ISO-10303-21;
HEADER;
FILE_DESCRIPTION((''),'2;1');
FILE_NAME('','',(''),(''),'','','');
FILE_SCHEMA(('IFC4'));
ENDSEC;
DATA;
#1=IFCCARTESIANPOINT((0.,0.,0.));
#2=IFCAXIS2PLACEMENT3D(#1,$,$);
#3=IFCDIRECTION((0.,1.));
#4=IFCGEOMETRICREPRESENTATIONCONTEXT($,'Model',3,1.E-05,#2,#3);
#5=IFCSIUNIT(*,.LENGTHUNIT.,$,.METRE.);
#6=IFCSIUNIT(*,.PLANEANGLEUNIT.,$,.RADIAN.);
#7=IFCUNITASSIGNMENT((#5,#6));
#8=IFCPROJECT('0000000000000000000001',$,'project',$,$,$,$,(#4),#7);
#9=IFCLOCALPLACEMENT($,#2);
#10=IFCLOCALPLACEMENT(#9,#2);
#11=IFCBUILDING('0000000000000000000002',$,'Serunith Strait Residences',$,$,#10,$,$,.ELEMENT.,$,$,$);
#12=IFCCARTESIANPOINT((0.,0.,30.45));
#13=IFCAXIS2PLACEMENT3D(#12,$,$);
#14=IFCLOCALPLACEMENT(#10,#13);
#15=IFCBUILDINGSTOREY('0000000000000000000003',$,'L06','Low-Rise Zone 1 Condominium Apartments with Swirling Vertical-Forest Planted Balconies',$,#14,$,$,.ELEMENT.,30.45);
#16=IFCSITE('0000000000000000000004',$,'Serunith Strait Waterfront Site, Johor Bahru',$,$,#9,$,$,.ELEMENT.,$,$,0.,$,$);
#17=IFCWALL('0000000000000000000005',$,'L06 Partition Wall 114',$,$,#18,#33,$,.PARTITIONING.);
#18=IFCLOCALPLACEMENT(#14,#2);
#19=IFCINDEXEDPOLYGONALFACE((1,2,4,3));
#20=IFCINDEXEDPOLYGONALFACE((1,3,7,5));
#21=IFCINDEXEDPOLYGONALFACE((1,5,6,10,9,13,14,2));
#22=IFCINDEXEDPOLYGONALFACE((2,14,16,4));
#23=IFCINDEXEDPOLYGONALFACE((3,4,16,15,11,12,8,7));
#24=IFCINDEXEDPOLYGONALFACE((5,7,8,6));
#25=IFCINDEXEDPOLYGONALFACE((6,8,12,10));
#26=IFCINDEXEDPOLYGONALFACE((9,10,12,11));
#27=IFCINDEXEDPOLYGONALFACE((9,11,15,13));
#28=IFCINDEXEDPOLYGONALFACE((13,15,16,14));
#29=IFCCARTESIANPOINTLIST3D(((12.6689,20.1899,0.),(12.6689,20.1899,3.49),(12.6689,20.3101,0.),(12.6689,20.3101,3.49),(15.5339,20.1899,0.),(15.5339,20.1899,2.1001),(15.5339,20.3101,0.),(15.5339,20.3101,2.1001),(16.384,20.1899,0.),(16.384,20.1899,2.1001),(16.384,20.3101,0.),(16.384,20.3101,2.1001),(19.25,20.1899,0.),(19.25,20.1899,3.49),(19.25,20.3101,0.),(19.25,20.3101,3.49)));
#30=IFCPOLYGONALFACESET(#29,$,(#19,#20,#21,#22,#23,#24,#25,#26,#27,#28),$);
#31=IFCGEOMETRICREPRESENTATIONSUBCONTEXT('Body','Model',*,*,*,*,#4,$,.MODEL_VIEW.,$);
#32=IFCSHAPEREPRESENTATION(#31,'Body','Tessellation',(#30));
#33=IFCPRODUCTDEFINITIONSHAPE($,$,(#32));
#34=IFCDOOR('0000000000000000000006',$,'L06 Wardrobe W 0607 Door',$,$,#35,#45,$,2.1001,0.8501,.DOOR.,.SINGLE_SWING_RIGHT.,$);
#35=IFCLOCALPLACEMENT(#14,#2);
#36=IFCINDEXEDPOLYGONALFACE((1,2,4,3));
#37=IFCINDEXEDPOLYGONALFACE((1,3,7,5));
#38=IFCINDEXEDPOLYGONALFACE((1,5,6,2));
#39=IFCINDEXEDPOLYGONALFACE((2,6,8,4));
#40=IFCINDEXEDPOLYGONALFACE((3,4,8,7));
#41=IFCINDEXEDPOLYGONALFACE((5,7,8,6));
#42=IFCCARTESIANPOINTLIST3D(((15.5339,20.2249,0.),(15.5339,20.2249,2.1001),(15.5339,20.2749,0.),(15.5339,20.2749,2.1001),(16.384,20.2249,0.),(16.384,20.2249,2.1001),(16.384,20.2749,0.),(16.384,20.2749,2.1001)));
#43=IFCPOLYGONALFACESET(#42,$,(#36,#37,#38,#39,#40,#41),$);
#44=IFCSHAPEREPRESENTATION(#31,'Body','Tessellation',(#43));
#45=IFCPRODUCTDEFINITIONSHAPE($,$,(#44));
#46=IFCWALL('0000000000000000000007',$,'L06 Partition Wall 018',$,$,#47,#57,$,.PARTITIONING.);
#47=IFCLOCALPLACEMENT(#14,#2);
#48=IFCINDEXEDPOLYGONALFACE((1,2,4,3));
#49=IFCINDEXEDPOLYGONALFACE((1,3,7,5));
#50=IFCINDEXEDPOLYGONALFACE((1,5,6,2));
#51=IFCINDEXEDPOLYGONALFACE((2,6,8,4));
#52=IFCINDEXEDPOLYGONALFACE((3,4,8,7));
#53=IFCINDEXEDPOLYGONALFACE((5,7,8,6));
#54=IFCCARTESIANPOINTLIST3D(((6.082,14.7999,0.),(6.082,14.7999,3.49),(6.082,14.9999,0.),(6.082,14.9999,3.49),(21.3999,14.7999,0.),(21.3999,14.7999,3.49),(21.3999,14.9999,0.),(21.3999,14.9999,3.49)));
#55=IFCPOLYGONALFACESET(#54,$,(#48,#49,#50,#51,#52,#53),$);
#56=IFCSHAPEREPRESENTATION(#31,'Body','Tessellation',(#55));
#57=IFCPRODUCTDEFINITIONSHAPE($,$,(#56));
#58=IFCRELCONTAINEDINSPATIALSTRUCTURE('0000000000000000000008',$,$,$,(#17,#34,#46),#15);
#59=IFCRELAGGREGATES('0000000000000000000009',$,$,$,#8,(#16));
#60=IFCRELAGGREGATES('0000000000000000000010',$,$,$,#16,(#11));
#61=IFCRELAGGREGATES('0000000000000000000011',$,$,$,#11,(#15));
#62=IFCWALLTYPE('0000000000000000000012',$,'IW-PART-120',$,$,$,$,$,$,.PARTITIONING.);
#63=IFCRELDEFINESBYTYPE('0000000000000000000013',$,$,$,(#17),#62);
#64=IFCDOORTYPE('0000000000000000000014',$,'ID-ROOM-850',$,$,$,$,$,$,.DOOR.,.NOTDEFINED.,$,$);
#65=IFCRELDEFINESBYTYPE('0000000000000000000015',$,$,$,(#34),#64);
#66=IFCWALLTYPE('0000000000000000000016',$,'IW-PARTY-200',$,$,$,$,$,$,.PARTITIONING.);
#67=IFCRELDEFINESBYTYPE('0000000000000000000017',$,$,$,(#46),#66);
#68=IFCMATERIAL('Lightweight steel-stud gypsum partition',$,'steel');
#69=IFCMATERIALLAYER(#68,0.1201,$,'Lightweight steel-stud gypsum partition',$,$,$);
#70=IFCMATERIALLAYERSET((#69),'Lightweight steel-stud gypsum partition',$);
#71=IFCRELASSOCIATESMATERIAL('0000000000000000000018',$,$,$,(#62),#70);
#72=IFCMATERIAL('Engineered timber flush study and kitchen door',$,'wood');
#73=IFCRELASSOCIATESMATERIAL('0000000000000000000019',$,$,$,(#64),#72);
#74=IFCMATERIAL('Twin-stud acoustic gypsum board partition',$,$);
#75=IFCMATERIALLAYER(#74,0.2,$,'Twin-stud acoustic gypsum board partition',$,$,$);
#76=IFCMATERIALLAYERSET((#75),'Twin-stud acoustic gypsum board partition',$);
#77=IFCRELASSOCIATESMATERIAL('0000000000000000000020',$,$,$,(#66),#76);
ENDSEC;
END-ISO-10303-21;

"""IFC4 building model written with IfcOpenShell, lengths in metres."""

from ifc_helpers import new_model, si_unit, direction, frame, frame_2d, origin, place, context, subcontext, project, spatial, rectangle, extrude, source, transform, mapped, material, layer, layer_set, type_object, element, fill, save


model = new_model("IFC4")

# Units and contexts
model_context = context("Model", 3, precision=1e-05, world=origin(), true_north=direction((0.0, 1.0)))
body_context = subcontext(model_context, "Body", "Model", "MODEL_VIEW")
ifc_project = project(units=[si_unit("LENGTHUNIT", "METRE"), si_unit("PLANEANGLEUNIT", "RADIAN")], contexts=[model_context])

# Site, building, storey
site_placement = place(None, origin())
site = spatial("IfcSite", under=ifc_project, at=site_placement, Name="Serunith Strait Waterfront Site, Johor Bahru", CompositionType="ELEMENT", RefElevation=0.0)
building_placement = place(site_placement, origin())
building = spatial("IfcBuilding", under=site, at=building_placement, Name="Serunith Strait Residences", CompositionType="ELEMENT")
storey_placement = place(building_placement, frame((0.0, 0.0, 30.45)))
storey = spatial("IfcBuildingStorey", under=building, at=storey_placement, Name="L06", Description="Low-Rise Zone 1 Condominium Apartments with Swirling Vertical-Forest Planted Balconies", CompositionType="ELEMENT", Elevation=30.45)

# Shared definitions
ifc_material_1 = material(Name="Lightweight steel-stud gypsum partition", Category="steel")
ifc_layer_1 = layer(ifc_material_1, 0.1201, Name="Lightweight steel-stud gypsum partition")
ifc_layer_set_1 = layer_set([ifc_layer_1], Name="Lightweight steel-stud gypsum partition")
wall_type_1 = type_object("IfcWallType", Name="IW-PART-120", PredefinedType="PARTITIONING", material=ifc_layer_set_1)
shared_shape_1 = source(origin(), body_context, "Body", "SweptSolid", [
    extrude(rectangle(XDim=0.8501, YDim=2.1001, at=frame_2d((0.425, 1.05))), frame((0.0, 0.0249, 0.0), z_axis=(0.0, -1.0, 0.0), x_axis=(1.0, 0.0, 0.0)), (0.0, 0.0, 1.0), 0.05),
])

# Shared definitions
ifc_material_2 = material(Name="Engineered timber flush study and kitchen door", Category="wood")
door_type_1 = type_object("IfcDoorType", Name="ID-ROOM-850", OperationType="NOTDEFINED", PredefinedType="DOOR", material=ifc_material_2)

# Wall, opening, door
wall_1_placement = place(storey_placement, frame((12.6689, 20.25, 0.0), z_axis=(0.0, 0.0, 1.0), x_axis=(1.0, 0.0, 0.0)))
wall_1 = element("IfcWall", 1, at=wall_1_placement, inside=storey, type_object=wall_type_1, Name="L06 Partition Wall 114", PredefinedType="PARTITIONING", context=body_context, shape_type="SweptSolid", body=[
    extrude(rectangle(XDim=6.5811, YDim=0.1201, at=frame_2d((3.2905, 0.0))), origin(), (0.0, 0.0, 1.0), 3.49),
])
opening_1_placement = place(wall_1_placement, frame((2.865, 0.0, 0.0)))
opening_1 = element("IfcOpeningElement", 2, at=opening_1_placement, cuts=wall_1, PredefinedType="OPENING", context=body_context, shape_type="SweptSolid", body=[
    extrude(rectangle(XDim=0.8501, YDim=2.1001, at=frame_2d((0.425, 1.05))), frame((0.0, 0.0701, 0.0), z_axis=(0.0, -1.0, 0.0), x_axis=(1.0, 0.0, 0.0)), (0.0, 0.0, 1.0), 0.1401),
])
door_1_placement = place(opening_1_placement, origin())
door_1 = element("IfcDoor", 3, at=door_1_placement, inside=storey, type_object=door_type_1, Name="L06 Wardrobe W 0607 Door", OperationType="SINGLE_SWING_RIGHT", OverallHeight=2.1001, OverallWidth=0.8501, PredefinedType="DOOR", context=body_context, shape_type="MappedRepresentation", body=[
    mapped(shared_shape_1, transform((0.0, 0.0, 0.0), scale=1.0)),
])
fill(opening_1, door_1)

# Wall
ifc_material_3 = material(Name="Twin-stud acoustic gypsum board partition")
ifc_layer_2 = layer(ifc_material_3, 0.2, Name="Twin-stud acoustic gypsum board partition")
ifc_layer_set_2 = layer_set([ifc_layer_2], Name="Twin-stud acoustic gypsum board partition")
wall_type_2 = type_object("IfcWallType", Name="IW-PARTY-200", PredefinedType="PARTITIONING", material=ifc_layer_set_2)
wall_2_placement = place(storey_placement, frame((6.082, 14.8999, 0.0), z_axis=(0.0, 0.0, 1.0), x_axis=(1.0, 0.0, 0.0)))
element("IfcWall", 4, at=wall_2_placement, inside=storey, type_object=wall_type_2, Name="L06 Partition Wall 018", PredefinedType="PARTITIONING", context=body_context, shape_type="SweptSolid", body=[
    extrude(rectangle(XDim=15.3179, YDim=0.2, at=frame_2d((7.6589, 0.0))), origin(), (0.0, 0.0, 1.0), 3.49),
])

save(model, "model.ifc")
